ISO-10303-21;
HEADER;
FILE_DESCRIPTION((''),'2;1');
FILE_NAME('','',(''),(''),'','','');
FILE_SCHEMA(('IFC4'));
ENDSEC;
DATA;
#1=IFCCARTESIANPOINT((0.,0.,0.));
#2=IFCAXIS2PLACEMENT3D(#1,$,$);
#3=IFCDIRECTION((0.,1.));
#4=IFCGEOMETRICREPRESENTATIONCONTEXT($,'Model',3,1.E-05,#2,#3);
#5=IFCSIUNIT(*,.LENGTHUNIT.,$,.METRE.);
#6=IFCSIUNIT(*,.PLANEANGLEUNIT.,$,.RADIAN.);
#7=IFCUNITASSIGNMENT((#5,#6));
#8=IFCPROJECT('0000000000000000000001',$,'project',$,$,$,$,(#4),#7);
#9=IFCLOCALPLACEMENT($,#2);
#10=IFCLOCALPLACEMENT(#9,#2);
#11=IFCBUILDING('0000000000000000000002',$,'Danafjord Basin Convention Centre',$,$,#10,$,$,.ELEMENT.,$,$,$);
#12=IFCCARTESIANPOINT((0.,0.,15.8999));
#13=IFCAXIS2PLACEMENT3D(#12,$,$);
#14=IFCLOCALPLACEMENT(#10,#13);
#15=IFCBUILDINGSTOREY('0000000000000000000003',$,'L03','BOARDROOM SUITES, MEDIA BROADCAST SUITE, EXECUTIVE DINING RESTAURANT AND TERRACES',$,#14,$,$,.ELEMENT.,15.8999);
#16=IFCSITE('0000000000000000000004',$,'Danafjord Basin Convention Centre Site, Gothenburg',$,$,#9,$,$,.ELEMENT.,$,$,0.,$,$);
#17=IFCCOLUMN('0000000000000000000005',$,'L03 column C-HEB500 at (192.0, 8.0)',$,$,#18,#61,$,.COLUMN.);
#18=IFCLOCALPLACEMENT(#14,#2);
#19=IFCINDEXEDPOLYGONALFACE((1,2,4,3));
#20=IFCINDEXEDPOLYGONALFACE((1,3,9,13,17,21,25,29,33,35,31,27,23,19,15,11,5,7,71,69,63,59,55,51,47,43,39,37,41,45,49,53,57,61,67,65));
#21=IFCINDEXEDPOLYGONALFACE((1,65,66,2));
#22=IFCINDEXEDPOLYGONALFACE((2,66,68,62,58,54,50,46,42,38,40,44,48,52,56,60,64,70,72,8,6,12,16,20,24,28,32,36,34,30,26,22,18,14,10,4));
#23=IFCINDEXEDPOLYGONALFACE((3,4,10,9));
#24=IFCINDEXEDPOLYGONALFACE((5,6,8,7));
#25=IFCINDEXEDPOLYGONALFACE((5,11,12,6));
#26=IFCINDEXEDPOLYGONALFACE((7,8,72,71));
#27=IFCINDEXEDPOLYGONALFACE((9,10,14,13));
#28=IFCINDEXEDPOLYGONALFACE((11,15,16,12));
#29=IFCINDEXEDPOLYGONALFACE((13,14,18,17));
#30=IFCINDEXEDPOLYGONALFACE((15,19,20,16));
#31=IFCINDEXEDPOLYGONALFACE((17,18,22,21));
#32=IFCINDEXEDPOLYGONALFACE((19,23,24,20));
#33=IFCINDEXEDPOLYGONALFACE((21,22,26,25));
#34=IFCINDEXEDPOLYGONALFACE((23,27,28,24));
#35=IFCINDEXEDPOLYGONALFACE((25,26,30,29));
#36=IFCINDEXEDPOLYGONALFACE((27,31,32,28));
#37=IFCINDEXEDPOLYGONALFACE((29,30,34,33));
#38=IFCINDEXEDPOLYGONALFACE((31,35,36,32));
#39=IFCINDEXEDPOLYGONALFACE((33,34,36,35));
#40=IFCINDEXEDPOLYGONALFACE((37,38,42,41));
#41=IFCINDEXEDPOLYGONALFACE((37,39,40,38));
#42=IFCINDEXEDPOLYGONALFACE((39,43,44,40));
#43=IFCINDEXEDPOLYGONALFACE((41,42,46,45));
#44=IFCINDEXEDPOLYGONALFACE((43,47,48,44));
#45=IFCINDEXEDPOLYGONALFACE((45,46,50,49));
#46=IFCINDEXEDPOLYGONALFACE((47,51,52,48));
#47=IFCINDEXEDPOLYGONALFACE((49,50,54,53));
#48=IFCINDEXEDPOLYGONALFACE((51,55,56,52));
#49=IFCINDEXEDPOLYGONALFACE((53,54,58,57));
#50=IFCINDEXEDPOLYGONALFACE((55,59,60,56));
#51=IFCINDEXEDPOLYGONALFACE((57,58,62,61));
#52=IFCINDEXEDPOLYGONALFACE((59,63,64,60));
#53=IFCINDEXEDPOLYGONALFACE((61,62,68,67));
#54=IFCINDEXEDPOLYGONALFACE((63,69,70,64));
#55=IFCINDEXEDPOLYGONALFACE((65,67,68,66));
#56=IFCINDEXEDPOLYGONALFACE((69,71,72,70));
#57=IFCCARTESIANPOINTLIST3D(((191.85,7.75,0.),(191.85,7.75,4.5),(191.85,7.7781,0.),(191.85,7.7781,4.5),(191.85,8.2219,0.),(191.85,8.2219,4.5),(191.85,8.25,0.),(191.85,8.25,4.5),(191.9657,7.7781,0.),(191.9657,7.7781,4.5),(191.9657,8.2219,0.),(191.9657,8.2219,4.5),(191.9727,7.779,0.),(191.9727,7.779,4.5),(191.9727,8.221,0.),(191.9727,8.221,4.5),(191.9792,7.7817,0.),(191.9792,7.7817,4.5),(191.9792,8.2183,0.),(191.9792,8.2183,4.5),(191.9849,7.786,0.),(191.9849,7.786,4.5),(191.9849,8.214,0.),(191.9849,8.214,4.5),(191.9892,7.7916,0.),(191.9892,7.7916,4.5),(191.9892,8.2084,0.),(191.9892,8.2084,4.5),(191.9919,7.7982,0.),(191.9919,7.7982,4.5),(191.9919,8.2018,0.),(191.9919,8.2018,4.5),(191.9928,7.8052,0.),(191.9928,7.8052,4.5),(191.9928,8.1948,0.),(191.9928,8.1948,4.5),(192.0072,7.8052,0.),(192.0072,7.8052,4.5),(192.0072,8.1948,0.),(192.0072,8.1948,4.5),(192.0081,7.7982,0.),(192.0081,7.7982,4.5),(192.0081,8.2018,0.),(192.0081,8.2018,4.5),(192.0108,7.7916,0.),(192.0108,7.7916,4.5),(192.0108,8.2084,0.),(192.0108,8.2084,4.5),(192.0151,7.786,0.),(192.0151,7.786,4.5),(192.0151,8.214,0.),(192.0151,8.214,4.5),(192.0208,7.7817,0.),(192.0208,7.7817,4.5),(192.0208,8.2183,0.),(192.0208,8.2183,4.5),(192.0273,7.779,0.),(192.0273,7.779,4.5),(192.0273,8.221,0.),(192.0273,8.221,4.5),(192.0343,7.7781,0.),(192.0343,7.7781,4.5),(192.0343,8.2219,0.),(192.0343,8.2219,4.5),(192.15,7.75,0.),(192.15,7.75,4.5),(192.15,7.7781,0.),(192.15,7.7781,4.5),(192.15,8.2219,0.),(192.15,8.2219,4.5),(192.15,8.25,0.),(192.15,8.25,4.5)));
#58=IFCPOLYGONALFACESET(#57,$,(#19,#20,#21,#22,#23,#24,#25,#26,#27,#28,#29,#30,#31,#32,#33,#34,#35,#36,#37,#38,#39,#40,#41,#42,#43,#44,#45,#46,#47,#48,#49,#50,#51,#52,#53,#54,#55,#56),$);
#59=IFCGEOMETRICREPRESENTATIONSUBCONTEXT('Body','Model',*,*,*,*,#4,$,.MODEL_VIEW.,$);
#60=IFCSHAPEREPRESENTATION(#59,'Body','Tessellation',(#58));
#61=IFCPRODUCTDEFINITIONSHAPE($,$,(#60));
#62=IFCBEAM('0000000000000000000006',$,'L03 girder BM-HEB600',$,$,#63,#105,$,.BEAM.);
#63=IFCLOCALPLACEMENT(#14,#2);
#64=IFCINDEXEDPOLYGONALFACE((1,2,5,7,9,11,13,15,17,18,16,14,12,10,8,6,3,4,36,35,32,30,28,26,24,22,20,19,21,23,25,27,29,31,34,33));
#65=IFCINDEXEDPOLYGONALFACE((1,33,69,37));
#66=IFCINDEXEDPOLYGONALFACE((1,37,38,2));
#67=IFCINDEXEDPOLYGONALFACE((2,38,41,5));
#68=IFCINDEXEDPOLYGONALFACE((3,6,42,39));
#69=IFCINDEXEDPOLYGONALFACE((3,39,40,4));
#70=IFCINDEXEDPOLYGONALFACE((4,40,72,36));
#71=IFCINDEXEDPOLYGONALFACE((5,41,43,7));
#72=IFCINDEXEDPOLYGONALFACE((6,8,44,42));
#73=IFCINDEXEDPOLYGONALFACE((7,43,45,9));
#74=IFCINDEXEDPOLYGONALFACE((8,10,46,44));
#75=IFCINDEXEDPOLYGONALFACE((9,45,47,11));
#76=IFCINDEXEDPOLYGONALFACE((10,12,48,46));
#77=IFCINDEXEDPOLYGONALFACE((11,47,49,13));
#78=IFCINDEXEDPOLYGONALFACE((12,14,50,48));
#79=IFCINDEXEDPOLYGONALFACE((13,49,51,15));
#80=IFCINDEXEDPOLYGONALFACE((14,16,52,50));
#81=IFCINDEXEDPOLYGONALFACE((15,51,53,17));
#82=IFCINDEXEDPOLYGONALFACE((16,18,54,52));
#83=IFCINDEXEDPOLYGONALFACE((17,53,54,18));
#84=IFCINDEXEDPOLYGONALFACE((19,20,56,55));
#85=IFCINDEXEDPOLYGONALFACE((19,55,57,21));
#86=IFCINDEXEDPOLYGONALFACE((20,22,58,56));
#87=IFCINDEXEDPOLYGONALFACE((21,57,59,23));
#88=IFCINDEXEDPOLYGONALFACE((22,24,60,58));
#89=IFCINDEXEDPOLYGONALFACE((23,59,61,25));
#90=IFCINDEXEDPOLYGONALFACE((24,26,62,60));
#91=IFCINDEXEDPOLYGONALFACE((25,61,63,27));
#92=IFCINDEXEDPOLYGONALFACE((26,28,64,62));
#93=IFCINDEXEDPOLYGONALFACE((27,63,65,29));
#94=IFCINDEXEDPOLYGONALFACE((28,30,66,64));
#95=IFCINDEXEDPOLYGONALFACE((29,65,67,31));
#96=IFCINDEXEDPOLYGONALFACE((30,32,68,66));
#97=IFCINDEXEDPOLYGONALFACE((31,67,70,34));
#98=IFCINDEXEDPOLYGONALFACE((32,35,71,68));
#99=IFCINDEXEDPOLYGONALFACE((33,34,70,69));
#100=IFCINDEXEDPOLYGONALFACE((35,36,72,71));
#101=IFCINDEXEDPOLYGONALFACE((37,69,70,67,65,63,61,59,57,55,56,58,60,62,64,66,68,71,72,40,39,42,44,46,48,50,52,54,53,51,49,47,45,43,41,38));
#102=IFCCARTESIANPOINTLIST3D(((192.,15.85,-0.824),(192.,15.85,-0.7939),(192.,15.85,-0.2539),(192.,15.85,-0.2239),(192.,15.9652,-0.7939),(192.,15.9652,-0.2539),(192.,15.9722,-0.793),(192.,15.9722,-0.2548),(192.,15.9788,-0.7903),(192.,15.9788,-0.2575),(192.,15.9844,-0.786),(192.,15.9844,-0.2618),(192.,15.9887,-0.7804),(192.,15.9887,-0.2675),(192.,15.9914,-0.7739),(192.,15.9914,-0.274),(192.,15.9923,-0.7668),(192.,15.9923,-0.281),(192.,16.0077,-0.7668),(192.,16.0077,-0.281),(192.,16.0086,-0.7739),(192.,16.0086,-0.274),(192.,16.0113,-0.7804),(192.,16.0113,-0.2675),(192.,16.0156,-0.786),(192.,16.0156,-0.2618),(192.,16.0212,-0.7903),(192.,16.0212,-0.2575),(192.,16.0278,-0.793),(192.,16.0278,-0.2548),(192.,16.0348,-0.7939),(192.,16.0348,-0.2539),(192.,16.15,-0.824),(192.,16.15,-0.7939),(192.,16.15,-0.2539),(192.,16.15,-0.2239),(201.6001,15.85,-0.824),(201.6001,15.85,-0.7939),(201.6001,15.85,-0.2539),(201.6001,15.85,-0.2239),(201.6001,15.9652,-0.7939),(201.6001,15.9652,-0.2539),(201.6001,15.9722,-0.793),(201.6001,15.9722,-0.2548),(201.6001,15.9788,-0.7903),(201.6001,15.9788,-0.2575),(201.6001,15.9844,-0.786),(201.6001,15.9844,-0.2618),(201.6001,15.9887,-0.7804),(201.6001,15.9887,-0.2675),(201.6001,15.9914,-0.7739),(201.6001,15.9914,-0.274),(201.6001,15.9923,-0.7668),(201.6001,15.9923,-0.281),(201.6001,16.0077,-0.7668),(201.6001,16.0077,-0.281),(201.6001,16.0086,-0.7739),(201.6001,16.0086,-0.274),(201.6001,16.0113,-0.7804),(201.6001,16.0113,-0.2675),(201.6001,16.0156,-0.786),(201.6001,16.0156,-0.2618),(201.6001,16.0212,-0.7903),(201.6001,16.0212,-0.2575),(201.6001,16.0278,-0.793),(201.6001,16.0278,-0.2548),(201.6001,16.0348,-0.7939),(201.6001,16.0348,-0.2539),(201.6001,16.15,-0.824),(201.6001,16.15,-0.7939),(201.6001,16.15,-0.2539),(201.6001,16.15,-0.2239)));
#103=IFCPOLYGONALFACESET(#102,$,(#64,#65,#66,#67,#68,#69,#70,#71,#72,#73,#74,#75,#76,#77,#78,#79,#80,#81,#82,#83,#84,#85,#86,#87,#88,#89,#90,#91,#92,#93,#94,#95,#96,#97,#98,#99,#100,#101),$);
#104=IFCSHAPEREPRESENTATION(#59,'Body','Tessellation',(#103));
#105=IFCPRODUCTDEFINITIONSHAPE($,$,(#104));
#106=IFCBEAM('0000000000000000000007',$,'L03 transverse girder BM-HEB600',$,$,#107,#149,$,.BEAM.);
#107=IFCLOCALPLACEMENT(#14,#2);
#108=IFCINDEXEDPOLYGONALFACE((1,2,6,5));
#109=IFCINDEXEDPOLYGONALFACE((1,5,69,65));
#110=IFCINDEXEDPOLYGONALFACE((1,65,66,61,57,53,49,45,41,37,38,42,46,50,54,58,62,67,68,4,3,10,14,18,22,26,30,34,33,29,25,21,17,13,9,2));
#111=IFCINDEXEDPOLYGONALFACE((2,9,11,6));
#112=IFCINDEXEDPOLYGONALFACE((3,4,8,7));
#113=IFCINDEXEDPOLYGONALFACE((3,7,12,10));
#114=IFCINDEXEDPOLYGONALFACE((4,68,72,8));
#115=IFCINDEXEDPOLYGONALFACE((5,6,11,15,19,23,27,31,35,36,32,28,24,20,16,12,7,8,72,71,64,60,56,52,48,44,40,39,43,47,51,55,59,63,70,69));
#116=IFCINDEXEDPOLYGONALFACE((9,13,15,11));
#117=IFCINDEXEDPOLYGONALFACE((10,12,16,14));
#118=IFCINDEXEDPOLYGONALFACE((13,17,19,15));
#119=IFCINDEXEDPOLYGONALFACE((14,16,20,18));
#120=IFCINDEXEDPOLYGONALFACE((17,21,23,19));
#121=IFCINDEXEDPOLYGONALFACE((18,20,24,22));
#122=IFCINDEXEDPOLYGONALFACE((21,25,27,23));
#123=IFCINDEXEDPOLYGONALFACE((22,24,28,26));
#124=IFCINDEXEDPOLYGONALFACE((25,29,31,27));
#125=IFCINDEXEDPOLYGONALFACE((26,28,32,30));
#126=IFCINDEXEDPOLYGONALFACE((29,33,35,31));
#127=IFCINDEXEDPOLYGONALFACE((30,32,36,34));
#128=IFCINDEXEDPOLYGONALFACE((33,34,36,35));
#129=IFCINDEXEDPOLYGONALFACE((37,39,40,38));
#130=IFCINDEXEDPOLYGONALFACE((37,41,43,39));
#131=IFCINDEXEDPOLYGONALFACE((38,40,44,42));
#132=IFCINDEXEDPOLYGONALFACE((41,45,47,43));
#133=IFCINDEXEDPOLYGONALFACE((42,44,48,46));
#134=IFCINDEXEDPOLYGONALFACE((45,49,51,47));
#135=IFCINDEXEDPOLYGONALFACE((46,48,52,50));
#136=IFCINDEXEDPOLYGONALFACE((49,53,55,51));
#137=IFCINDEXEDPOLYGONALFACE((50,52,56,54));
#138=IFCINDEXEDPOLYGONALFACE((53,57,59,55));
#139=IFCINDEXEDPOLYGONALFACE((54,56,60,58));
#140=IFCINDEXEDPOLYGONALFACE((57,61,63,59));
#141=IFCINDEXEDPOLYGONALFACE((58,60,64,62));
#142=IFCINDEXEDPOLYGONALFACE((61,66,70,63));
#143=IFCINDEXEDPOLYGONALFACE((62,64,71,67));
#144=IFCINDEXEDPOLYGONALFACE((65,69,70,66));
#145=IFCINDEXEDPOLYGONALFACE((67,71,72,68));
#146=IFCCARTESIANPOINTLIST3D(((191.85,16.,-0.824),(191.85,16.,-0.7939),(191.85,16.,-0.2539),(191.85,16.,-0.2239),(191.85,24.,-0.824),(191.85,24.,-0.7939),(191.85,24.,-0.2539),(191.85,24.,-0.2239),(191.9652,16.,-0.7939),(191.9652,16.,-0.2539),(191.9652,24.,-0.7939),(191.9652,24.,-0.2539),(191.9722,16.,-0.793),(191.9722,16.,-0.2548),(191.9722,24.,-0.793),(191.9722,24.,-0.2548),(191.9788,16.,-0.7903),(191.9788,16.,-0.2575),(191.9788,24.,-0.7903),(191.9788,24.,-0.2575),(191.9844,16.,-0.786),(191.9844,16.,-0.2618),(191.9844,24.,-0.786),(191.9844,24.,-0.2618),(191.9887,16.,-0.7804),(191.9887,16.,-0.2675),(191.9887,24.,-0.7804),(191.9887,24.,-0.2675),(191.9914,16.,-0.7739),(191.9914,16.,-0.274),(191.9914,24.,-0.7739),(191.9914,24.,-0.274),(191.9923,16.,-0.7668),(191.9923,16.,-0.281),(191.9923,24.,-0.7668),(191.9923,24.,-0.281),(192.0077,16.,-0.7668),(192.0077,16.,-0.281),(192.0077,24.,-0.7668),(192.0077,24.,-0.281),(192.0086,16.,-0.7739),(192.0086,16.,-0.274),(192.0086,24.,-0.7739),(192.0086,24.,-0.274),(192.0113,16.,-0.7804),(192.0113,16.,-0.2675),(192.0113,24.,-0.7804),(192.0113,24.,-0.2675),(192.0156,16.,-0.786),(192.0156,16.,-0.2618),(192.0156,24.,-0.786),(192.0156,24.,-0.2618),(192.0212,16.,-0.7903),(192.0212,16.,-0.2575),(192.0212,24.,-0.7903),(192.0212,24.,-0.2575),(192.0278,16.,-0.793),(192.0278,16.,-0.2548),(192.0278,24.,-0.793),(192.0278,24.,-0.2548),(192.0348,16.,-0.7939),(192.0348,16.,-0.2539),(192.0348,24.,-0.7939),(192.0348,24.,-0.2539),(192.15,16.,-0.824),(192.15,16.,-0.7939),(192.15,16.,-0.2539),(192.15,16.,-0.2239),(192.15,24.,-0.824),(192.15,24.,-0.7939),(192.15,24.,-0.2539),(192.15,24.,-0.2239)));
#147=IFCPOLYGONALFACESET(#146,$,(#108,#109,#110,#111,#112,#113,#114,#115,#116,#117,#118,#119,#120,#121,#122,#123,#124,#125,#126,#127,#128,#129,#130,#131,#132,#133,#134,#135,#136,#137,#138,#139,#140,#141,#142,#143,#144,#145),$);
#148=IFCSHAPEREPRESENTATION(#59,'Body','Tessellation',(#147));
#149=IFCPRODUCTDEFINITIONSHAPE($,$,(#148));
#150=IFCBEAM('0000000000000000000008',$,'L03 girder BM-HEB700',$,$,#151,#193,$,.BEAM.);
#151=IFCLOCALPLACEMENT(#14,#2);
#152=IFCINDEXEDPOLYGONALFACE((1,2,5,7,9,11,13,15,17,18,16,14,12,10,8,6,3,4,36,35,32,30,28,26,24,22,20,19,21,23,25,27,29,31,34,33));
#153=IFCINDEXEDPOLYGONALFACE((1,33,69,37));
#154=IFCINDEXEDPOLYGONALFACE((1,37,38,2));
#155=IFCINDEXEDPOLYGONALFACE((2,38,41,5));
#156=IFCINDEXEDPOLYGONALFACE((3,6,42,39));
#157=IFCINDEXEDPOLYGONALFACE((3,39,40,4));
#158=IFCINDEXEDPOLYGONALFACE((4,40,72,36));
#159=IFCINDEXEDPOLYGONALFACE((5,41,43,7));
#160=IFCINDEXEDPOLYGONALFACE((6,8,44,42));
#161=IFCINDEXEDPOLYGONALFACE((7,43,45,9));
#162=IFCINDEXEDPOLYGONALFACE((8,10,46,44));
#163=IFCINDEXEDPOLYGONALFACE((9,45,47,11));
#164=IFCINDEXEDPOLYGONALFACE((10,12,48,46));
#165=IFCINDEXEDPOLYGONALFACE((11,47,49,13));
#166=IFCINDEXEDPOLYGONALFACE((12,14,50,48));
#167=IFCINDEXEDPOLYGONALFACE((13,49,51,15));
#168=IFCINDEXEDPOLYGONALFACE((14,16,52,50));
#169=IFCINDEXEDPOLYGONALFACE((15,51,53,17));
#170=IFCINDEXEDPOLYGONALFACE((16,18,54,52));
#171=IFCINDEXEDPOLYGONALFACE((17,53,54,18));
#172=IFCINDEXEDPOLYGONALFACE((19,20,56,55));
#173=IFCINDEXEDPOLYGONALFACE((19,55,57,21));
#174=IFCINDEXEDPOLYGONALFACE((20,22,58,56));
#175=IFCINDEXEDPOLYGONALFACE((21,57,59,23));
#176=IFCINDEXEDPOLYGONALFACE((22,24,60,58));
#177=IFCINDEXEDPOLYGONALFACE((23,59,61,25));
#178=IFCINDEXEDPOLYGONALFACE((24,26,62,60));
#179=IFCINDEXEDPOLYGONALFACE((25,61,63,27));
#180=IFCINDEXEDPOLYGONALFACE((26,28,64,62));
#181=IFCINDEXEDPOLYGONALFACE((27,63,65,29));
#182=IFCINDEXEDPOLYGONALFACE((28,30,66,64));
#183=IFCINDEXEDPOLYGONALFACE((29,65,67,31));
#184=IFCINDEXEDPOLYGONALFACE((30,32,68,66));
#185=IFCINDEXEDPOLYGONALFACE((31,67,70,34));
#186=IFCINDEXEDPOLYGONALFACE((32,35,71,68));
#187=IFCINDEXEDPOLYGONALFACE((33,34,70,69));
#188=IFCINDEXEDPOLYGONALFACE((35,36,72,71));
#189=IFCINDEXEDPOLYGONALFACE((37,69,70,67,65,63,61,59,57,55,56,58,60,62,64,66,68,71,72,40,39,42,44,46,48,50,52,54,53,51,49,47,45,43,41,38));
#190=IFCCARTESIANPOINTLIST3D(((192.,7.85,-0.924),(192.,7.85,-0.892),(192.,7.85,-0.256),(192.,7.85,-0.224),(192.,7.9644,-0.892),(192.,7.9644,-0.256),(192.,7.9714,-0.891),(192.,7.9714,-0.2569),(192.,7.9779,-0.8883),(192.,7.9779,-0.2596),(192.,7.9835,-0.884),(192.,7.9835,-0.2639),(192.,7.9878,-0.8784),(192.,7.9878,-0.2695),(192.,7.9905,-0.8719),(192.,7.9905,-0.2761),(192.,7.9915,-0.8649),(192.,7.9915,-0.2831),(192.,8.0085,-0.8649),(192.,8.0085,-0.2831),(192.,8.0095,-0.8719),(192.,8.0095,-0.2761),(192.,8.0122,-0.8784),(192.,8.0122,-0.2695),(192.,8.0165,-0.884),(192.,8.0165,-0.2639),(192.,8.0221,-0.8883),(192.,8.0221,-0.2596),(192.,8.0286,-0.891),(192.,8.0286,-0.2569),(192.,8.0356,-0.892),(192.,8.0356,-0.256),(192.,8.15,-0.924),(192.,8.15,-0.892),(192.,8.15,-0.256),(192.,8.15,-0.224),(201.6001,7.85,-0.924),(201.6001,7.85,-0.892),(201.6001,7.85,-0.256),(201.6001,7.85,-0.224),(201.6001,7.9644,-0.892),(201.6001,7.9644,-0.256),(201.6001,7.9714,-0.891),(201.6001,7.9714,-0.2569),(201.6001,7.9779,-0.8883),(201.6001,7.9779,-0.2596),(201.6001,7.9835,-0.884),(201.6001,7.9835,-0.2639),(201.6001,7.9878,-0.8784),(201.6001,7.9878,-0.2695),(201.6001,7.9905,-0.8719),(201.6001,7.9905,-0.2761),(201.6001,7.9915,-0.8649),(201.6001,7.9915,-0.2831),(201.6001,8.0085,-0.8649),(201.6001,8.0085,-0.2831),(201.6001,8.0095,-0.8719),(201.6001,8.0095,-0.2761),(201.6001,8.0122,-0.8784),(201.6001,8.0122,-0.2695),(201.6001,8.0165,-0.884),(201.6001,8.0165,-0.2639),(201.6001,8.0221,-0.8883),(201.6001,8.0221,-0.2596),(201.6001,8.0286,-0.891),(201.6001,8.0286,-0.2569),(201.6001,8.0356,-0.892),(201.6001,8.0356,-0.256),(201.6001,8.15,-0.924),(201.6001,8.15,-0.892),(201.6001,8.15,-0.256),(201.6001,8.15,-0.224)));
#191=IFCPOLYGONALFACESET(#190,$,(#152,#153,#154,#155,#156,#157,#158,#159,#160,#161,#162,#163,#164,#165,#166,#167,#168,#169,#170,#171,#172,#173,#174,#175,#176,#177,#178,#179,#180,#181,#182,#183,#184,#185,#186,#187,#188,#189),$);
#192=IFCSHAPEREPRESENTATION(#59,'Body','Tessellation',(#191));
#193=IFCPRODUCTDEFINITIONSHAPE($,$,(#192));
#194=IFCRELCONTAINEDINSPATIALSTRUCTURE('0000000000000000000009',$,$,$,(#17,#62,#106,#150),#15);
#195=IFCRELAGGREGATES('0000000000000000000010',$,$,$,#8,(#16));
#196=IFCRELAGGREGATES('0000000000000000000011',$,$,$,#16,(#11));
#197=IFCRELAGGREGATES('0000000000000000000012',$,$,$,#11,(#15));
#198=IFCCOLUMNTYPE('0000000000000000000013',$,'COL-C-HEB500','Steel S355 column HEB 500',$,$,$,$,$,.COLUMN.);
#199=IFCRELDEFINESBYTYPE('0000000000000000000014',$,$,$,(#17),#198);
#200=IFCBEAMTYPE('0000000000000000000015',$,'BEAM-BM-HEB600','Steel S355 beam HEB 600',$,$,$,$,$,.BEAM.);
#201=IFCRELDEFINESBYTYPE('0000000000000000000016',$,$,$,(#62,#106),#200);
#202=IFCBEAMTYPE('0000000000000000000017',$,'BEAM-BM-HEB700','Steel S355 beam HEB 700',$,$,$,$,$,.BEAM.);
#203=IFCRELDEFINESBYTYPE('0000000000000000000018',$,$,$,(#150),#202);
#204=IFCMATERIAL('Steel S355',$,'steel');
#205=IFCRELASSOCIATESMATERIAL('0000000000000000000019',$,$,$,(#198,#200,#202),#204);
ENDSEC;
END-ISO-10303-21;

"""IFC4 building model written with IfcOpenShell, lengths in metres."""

from ifc_helpers import new_model, si_unit, direction, frame, origin, origin_2d, place, context, subcontext, project, spatial, i_section, extrude, material, material_profile, profile_set, type_object, element, save


model = new_model("IFC4")

# Units and contexts
model_context = context("Model", 3, precision=1e-05, world=origin(), true_north=direction((0.0, 1.0)))
body_context = subcontext(model_context, "Body", "Model", "MODEL_VIEW")
ifc_project = project(units=[si_unit("LENGTHUNIT", "METRE"), si_unit("PLANEANGLEUNIT", "RADIAN")], contexts=[model_context])

# Site, building, storey
site_placement = place(None, origin())
site = spatial("IfcSite", under=ifc_project, at=site_placement, Name="Danafjord Basin Convention Centre Site, Gothenburg", CompositionType="ELEMENT", RefElevation=0.0)
building_placement = place(site_placement, origin())
building = spatial("IfcBuilding", under=site, at=building_placement, Name="Danafjord Basin Convention Centre", CompositionType="ELEMENT")
storey_placement = place(building_placement, frame((0.0, 0.0, 15.8999)))
storey = spatial("IfcBuildingStorey", under=building, at=storey_placement, Name="L03", Description="BOARDROOM SUITES, MEDIA BROADCAST SUITE, EXECUTIVE DINING RESTAURANT AND TERRACES", CompositionType="ELEMENT", Elevation=15.8999)

# Column
ifc_material_1 = material(Name="Steel S355", Category="steel")
ifc_material_profile_1 = material_profile(ifc_material_1, i_section(OverallWidth=0.3, OverallDepth=0.5, WebThickness=0.0144, FlangeThickness=0.0281, FilletRadius=0.0271, at=origin_2d()), Name="HEB 500")
ifc_profile_set_1 = profile_set([ifc_material_profile_1], Name="Steel S355")
column_type_1 = type_object("IfcColumnType", Name="COL-C-HEB500", Description="Steel S355 column HEB 500", PredefinedType="COLUMN", material=ifc_profile_set_1)
column_1_placement = place(storey_placement, frame((192.0, 8.0, 0.0), z_axis=(0.0, 0.0, 1.0), x_axis=(1.0, 0.0, 0.0)))
element("IfcColumn", 1, at=column_1_placement, inside=storey, type_object=column_type_1, Name="L03 column C-HEB500 at (192.0, 8.0)", PredefinedType="COLUMN", context=body_context, shape_type="SweptSolid", body=[
    extrude(i_section(OverallWidth=0.3, OverallDepth=0.5, WebThickness=0.0144, FlangeThickness=0.0281, FilletRadius=0.0271, at=origin_2d()), origin(), (0.0, 0.0, 1.0), 4.5),
])

# Beams
ifc_material_profile_2 = material_profile(ifc_material_1, i_section(OverallWidth=0.3, OverallDepth=0.6001, WebThickness=0.0154, FlangeThickness=0.03, FilletRadius=0.0271, at=origin_2d()), Name="HEB 600")
ifc_profile_set_2 = profile_set([ifc_material_profile_2], Name="Steel S355")
beam_type_1 = type_object("IfcBeamType", Name="BEAM-BM-HEB600", Description="Steel S355 beam HEB 600", PredefinedType="BEAM", material=ifc_profile_set_2)
beam_1_placement = place(storey_placement, frame((192.0, 16.0, -0.5239), z_axis=(1.0, 0.0, 0.0), x_axis=(0.0, 1.0, 0.0)))
element("IfcBeam", 2, at=beam_1_placement, inside=storey, type_object=beam_type_1, Name="L03 girder BM-HEB600", PredefinedType="BEAM", context=body_context, shape_type="SweptSolid", body=[
    extrude(i_section(OverallWidth=0.3, OverallDepth=0.6001, WebThickness=0.0154, FlangeThickness=0.03, FilletRadius=0.0271, at=origin_2d()), origin(), (0.0, 0.0, 1.0), 9.6001),
])
beam_2_placement = place(storey_placement, frame((192.0, 16.0, -0.5239), z_axis=(0.0, 1.0, 0.0), x_axis=(-1.0, 0.0, 0.0)))
element("IfcBeam", 3, at=beam_2_placement, inside=storey, type_object=beam_type_1, Name="L03 transverse girder BM-HEB600", PredefinedType="BEAM", context=body_context, shape_type="SweptSolid", body=[
    extrude(i_section(OverallWidth=0.3, OverallDepth=0.6001, WebThickness=0.0154, FlangeThickness=0.03, FilletRadius=0.0271, at=origin_2d()), origin(), (0.0, 0.0, 1.0), 8.0),
])
ifc_material_profile_3 = material_profile(ifc_material_1, i_section(OverallWidth=0.3, OverallDepth=0.7, WebThickness=0.0171, FlangeThickness=0.032, FilletRadius=0.0271, at=origin_2d()), Name="HEB 700")
ifc_profile_set_3 = profile_set([ifc_material_profile_3], Name="Steel S355")
beam_type_2 = type_object("IfcBeamType", Name="BEAM-BM-HEB700", Description="Steel S355 beam HEB 700", PredefinedType="BEAM", material=ifc_profile_set_3)
beam_3_placement = place(storey_placement, frame((192.0, 8.0, -0.574), z_axis=(1.0, 0.0, 0.0), x_axis=(0.0, 1.0, 0.0)))
element("IfcBeam", 4, at=beam_3_placement, inside=storey, type_object=beam_type_2, Name="L03 girder BM-HEB700", PredefinedType="BEAM", context=body_context, shape_type="SweptSolid", body=[
    extrude(i_section(OverallWidth=0.3, OverallDepth=0.7, WebThickness=0.0171, FlangeThickness=0.032, FilletRadius=0.0271, at=origin_2d()), origin(), (0.0, 0.0, 1.0), 9.6001),
])

save(model, "model.ifc")
